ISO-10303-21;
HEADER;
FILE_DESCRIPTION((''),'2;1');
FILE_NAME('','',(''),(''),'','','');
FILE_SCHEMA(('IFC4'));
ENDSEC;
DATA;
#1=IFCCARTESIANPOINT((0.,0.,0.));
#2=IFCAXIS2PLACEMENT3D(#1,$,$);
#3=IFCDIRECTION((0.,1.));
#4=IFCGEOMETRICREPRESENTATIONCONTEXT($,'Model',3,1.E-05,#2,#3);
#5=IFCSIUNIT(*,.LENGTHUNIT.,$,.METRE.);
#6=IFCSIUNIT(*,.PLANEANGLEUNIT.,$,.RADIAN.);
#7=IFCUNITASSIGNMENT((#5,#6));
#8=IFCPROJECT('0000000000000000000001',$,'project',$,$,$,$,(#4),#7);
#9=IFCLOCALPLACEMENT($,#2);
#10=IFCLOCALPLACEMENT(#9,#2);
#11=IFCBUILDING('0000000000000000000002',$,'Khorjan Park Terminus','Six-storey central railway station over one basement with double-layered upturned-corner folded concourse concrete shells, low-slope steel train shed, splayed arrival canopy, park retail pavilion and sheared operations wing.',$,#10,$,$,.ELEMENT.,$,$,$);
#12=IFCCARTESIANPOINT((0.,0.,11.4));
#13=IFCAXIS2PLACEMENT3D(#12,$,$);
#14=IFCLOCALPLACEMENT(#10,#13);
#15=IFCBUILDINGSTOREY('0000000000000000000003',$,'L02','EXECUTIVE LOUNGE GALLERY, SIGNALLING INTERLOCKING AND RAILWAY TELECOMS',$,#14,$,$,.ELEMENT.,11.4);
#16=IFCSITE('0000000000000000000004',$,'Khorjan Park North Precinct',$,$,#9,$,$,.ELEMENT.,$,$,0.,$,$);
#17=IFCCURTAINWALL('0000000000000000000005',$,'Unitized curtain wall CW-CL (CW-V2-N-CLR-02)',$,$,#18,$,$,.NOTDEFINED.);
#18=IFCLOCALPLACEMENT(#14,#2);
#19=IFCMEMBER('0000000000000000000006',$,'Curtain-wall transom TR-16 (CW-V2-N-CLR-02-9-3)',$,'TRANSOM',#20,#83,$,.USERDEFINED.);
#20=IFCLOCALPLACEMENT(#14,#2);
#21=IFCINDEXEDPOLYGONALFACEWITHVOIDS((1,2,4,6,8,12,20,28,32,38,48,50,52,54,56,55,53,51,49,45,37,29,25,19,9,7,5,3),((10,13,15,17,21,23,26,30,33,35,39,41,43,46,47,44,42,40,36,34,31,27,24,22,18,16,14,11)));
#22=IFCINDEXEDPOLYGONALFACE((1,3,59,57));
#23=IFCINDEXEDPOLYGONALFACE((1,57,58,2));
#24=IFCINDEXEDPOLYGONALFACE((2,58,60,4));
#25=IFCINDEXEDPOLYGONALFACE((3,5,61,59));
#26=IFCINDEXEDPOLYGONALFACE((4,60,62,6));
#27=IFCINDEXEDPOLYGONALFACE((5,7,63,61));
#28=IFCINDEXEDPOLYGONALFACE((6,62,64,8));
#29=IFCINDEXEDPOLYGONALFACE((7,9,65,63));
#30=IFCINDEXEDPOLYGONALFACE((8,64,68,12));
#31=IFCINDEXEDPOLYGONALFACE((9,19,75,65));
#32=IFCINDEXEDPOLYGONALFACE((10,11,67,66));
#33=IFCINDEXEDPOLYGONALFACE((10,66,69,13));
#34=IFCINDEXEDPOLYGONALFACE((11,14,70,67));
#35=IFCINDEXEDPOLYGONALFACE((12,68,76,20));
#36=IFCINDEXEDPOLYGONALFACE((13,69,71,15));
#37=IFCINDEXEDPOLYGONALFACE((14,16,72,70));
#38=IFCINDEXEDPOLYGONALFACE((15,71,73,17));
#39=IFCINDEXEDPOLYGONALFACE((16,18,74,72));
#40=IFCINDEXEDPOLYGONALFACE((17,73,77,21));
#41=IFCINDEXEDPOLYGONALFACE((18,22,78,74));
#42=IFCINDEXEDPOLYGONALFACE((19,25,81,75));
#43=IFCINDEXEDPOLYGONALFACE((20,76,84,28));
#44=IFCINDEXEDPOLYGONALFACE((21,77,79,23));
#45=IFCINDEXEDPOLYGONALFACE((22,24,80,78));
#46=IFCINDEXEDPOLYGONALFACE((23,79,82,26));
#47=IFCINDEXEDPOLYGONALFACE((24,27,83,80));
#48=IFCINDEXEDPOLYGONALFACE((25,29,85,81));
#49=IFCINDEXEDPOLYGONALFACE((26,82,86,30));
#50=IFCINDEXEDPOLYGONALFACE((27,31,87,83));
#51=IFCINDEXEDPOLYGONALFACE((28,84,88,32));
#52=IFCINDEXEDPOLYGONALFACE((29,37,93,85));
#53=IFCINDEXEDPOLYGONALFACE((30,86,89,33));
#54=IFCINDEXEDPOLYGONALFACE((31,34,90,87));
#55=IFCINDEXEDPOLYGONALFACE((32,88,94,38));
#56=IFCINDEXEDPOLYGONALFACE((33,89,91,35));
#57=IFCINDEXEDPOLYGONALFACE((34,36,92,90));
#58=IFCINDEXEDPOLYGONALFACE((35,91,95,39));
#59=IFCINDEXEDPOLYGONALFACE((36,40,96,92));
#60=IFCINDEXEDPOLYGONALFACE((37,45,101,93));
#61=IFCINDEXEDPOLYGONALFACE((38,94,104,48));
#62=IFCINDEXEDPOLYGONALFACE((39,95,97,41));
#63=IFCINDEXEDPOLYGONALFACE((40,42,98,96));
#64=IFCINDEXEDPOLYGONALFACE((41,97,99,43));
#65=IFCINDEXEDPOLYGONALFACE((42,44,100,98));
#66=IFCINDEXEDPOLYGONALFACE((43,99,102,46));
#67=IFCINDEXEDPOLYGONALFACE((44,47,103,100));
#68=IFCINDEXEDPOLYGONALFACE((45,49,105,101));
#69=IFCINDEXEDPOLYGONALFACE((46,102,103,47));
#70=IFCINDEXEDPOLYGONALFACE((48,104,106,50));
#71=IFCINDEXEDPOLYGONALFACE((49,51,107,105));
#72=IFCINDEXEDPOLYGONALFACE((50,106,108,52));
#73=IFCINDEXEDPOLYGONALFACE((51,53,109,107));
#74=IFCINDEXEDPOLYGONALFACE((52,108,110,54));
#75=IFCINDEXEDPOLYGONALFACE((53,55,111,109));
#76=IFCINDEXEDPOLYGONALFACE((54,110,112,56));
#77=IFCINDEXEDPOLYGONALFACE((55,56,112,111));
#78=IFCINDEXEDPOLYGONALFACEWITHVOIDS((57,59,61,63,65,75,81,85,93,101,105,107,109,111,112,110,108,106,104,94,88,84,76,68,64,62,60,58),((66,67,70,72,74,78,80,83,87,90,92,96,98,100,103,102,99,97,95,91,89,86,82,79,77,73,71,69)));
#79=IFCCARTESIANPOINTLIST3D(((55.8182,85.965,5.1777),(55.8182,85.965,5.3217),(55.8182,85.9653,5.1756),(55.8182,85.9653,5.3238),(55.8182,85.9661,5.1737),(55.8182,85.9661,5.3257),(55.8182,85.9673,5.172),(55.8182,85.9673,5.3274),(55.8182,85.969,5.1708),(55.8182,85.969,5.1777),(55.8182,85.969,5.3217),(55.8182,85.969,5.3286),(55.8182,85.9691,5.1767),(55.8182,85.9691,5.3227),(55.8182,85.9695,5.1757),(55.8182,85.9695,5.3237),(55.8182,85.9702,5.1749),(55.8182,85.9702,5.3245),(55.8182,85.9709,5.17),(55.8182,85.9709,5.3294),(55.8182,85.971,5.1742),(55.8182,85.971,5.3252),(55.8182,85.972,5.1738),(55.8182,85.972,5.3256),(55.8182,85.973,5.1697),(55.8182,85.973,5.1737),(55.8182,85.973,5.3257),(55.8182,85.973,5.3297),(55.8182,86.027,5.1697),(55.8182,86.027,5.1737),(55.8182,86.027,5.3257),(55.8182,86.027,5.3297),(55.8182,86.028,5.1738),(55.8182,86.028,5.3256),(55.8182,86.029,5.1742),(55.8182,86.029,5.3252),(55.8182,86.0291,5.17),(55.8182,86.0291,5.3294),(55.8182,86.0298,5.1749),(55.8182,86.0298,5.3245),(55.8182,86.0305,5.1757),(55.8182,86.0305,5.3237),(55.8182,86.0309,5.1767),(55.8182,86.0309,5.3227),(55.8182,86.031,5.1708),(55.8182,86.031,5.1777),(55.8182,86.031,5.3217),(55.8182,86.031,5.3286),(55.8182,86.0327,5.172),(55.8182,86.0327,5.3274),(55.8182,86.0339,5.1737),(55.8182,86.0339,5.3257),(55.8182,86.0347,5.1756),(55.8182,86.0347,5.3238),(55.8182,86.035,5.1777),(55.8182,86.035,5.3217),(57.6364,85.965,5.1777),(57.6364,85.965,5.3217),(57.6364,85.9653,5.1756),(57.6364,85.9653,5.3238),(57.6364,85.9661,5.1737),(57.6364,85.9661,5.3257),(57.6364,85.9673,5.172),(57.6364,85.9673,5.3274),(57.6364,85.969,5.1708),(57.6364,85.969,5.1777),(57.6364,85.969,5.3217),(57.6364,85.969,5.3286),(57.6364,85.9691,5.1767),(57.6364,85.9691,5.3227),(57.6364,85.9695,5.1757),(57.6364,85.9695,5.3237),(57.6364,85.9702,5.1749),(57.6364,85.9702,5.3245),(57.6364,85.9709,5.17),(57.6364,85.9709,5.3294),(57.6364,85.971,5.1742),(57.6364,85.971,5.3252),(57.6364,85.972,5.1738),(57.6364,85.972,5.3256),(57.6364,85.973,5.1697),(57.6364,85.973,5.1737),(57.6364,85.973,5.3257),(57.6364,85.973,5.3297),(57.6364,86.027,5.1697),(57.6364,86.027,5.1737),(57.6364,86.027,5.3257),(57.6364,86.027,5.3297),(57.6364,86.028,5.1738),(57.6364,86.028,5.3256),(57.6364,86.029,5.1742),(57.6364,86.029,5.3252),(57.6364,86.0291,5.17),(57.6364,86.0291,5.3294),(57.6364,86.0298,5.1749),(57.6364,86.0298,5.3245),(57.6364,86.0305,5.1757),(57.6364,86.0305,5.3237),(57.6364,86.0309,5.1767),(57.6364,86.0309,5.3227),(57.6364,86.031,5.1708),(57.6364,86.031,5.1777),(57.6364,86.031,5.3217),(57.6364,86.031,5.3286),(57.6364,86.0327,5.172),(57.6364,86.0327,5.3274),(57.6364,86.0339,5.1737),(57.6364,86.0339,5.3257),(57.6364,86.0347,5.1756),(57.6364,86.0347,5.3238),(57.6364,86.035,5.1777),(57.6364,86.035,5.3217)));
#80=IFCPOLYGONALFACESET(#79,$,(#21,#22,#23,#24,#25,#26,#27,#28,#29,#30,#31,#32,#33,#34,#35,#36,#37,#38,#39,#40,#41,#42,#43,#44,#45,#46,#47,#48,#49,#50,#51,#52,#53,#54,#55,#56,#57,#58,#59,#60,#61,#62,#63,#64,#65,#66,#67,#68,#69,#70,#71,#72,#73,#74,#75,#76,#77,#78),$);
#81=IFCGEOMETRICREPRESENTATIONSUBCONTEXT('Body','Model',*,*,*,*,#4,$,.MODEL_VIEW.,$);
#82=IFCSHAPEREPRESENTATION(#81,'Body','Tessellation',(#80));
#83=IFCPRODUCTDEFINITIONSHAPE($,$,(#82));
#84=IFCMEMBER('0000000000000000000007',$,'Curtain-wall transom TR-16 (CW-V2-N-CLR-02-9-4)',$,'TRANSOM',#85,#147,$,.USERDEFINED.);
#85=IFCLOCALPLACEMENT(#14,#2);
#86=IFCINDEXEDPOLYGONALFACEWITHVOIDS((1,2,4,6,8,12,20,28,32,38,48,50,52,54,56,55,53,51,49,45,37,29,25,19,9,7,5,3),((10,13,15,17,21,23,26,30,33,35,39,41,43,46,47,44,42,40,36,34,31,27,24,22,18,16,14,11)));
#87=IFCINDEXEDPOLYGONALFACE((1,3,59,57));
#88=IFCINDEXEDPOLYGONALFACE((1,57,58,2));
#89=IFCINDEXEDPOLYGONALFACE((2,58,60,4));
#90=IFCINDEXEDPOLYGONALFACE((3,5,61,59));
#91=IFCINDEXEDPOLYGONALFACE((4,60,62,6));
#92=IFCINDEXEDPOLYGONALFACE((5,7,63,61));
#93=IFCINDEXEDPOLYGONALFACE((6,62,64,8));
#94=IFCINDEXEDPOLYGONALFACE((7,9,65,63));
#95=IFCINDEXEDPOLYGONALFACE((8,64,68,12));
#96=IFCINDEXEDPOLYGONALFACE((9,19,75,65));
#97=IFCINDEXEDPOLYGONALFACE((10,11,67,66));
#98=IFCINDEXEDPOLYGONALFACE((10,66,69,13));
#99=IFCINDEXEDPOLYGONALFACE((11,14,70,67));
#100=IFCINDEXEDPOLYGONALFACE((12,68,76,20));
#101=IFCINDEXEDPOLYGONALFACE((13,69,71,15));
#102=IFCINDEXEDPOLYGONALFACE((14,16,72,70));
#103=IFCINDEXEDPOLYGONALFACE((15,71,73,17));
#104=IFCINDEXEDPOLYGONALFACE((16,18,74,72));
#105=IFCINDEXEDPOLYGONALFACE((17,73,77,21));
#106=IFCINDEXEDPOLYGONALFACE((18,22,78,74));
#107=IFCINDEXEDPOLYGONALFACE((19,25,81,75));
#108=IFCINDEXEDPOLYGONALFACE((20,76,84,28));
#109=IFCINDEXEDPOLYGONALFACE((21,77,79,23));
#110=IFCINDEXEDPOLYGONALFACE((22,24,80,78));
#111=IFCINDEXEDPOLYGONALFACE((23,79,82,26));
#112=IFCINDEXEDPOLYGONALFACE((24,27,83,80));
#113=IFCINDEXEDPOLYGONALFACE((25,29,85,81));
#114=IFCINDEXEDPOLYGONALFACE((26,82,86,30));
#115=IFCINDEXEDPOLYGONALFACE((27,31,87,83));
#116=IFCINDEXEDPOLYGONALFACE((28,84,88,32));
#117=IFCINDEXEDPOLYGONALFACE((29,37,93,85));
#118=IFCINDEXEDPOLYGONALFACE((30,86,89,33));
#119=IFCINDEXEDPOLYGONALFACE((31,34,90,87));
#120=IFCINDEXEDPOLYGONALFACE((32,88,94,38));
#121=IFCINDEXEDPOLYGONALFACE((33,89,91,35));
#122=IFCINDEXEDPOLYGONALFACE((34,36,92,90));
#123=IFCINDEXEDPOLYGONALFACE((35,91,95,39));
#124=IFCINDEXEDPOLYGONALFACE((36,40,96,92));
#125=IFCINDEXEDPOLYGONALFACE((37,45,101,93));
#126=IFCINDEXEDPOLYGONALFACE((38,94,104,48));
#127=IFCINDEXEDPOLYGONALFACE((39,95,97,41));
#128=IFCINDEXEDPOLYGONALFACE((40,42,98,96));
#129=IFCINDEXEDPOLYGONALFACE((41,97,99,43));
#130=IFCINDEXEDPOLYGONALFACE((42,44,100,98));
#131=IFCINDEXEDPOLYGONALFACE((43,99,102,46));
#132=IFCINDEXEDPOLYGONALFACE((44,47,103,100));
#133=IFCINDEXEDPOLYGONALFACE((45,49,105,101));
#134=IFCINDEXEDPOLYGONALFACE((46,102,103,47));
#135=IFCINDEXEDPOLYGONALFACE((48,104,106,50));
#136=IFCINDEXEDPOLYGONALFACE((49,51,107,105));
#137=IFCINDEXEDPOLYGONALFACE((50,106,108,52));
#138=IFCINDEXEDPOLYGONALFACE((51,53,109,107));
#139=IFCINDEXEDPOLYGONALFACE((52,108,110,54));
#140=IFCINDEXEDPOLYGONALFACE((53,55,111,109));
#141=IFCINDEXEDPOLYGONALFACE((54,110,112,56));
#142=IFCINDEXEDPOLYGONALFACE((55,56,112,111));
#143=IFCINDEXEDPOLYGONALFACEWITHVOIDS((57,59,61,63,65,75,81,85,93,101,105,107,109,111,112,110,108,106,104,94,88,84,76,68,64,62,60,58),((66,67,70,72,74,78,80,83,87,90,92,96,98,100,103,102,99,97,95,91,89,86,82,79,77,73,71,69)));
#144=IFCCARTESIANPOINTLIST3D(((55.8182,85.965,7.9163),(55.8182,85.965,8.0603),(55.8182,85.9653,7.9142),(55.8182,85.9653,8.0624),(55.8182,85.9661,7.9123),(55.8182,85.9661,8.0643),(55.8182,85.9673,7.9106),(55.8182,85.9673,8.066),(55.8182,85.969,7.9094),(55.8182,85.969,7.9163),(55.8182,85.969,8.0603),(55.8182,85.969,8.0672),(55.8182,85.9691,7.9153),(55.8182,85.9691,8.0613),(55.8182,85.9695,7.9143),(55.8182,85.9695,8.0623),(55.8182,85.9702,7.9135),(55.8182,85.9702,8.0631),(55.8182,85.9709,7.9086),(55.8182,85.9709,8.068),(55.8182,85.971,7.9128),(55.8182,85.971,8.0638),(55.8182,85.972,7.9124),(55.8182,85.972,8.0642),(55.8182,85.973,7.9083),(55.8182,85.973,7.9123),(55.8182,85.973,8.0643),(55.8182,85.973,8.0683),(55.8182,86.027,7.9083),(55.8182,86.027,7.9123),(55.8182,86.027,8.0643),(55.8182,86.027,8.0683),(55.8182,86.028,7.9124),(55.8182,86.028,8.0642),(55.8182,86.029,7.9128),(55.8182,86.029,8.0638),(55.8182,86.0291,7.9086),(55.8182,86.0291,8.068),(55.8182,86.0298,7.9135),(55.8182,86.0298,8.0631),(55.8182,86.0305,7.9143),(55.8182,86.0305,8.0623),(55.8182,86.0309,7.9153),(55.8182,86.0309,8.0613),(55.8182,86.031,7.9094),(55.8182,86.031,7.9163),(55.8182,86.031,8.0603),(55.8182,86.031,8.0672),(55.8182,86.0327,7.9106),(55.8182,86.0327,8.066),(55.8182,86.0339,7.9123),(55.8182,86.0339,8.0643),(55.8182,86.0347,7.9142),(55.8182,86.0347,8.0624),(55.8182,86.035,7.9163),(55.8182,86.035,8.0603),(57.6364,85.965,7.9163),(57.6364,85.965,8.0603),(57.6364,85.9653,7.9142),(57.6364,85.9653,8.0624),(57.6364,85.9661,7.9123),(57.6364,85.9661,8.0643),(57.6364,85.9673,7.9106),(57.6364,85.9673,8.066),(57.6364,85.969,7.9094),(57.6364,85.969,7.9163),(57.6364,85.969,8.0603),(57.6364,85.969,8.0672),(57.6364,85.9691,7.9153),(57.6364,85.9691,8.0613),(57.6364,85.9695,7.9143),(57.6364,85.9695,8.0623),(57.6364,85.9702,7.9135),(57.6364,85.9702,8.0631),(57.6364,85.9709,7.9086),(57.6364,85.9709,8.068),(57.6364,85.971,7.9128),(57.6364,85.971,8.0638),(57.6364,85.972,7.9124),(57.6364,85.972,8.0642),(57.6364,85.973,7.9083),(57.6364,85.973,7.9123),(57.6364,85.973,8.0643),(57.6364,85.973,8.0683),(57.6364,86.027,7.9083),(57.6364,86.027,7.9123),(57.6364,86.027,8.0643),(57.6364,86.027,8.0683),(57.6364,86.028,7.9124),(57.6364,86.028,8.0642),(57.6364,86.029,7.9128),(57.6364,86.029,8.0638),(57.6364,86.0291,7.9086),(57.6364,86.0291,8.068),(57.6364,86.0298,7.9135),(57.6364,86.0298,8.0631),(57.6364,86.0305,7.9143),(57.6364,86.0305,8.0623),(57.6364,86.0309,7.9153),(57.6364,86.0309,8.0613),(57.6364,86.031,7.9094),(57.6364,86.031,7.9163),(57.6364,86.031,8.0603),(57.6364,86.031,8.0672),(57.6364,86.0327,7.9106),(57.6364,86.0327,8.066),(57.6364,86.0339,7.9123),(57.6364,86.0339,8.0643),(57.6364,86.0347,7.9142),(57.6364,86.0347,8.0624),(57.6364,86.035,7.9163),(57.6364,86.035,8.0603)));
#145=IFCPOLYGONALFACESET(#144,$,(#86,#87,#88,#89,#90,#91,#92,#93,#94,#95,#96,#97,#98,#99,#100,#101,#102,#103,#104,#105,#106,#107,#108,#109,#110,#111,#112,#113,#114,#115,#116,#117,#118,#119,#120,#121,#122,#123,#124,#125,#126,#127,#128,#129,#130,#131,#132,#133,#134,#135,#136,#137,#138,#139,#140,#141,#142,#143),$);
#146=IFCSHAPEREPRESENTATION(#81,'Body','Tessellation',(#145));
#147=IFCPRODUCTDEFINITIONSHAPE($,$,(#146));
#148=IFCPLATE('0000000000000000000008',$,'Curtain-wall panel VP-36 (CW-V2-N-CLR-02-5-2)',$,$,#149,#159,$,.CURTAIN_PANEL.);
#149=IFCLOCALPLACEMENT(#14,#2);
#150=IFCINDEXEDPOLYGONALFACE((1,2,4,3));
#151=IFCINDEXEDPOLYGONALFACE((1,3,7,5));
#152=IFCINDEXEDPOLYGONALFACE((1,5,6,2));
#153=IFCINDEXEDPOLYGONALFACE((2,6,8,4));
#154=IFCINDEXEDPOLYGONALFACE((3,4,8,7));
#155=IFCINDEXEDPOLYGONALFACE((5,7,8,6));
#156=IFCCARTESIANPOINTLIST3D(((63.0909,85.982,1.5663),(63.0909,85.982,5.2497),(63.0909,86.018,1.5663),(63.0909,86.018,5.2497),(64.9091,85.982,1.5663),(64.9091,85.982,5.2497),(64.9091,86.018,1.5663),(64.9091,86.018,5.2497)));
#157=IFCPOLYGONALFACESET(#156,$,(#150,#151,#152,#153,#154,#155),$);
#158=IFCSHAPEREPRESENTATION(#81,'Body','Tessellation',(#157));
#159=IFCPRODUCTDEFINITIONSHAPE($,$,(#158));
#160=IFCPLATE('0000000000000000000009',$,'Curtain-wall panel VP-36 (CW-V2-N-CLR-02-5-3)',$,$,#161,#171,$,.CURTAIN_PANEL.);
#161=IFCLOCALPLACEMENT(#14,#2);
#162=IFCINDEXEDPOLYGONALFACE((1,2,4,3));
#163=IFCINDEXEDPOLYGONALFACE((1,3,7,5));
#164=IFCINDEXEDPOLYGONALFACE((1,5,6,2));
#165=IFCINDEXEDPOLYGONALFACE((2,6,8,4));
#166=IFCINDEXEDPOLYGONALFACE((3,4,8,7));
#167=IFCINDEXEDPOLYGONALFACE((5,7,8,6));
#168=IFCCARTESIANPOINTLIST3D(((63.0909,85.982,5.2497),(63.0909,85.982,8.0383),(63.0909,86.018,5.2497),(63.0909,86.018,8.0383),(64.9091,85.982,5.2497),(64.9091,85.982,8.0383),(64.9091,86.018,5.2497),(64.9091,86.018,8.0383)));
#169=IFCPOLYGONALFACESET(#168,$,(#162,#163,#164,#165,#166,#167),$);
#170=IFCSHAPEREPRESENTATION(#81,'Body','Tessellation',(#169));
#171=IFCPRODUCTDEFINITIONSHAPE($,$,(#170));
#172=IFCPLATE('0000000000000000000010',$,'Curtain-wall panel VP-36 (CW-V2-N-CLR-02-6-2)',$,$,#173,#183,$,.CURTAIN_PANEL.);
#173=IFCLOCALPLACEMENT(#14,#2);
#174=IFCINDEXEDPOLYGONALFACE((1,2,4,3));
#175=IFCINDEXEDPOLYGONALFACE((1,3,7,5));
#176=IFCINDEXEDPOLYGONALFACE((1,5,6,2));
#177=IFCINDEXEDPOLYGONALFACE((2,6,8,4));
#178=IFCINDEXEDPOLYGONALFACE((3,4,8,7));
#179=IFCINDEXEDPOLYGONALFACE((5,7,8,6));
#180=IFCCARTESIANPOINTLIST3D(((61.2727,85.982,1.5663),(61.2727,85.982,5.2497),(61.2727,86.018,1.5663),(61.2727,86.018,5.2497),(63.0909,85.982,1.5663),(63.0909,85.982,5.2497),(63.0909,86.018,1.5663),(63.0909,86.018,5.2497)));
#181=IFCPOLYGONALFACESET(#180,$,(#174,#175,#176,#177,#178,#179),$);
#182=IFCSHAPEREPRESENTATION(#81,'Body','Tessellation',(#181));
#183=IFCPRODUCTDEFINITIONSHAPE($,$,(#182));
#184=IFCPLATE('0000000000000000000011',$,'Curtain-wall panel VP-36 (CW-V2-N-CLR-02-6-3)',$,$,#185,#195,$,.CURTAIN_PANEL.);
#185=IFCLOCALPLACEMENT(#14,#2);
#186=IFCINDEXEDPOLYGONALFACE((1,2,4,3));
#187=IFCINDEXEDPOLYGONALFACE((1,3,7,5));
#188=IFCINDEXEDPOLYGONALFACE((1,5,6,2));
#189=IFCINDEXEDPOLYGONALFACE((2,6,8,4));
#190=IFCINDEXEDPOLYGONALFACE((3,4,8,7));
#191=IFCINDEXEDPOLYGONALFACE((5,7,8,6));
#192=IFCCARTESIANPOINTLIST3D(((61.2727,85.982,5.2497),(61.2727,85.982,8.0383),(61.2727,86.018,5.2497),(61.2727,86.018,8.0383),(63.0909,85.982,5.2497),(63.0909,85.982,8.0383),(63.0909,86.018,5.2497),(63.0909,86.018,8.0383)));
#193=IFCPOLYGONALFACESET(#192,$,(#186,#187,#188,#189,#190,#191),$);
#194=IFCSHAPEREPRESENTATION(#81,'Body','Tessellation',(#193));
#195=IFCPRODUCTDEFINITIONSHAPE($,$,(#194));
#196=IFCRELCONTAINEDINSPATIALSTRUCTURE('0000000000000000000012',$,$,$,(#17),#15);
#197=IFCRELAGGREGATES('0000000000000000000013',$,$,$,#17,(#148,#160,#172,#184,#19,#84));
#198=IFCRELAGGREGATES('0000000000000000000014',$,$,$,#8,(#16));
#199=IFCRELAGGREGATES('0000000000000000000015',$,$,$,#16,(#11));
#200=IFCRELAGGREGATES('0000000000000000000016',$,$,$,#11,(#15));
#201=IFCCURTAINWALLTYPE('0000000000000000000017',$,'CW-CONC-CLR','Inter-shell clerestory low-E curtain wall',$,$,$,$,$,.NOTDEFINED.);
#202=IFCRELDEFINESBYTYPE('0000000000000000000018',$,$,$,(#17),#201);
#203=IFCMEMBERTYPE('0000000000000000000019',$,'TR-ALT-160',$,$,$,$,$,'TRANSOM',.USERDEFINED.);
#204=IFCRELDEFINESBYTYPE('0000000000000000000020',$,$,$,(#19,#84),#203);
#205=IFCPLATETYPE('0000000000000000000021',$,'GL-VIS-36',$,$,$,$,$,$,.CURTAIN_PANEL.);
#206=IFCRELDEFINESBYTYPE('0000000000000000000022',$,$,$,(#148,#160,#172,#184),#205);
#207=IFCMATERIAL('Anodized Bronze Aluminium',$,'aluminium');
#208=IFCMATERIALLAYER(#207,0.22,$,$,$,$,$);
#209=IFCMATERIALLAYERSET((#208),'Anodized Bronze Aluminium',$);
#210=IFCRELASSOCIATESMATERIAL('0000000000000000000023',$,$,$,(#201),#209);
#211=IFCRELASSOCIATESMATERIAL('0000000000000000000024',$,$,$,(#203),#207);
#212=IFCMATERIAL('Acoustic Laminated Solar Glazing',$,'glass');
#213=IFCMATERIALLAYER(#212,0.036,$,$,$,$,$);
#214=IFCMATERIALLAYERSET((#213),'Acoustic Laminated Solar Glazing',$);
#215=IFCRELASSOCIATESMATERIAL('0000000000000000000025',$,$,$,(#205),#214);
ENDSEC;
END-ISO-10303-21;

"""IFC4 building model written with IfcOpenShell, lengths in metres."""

from ifc_helpers import new_model, si_unit, direction, frame, origin, origin_2d, place, context, subcontext, project, spatial, rectangle, hollow_rectangle, extrude, material, layer, layer_set, material_profile, profile_set, type_object, element, aggregate, save


model = new_model("IFC4")

# Units and contexts
model_context = context("Model", 3, precision=1e-05, world=origin(), true_north=direction((0.0, 1.0)))
body_context = subcontext(model_context, "Body", "Model", "MODEL_VIEW")
ifc_project = project(units=[si_unit("LENGTHUNIT", "METRE"), si_unit("PLANEANGLEUNIT", "RADIAN")], contexts=[model_context])

# Site, building, storey
site_placement = place(None, origin())
site = spatial("IfcSite", under=ifc_project, at=site_placement, Name="Khorjan Park North Precinct", CompositionType="ELEMENT", RefElevation=0.0)
building_placement = place(site_placement, origin())
building = spatial("IfcBuilding", under=site, at=building_placement, Name="Khorjan Park Terminus", Description="Six-storey central railway station over one basement with double-layered upturned-corner folded concourse concrete shells, low-slope steel train shed, splayed arrival canopy, park retail pavilion and sheared operations wing.", CompositionType="ELEMENT")
storey_placement = place(building_placement, frame((0.0, 0.0, 11.4)))
storey = spatial("IfcBuildingStorey", under=building, at=storey_placement, Name="L02", Description="EXECUTIVE LOUNGE GALLERY, SIGNALLING INTERLOCKING AND RAILWAY TELECOMS", CompositionType="ELEMENT", Elevation=11.4)

# Curtain wall, members, plates
ifc_material_1 = material(Name="Anodized Bronze Aluminium", Category="aluminium")
ifc_layer_1 = layer(ifc_material_1, 0.22)
ifc_layer_set_1 = layer_set([ifc_layer_1], Name="Anodized Bronze Aluminium")
curtain_wall_type = type_object("IfcCurtainWallType", Name="CW-CONC-CLR", Description="Inter-shell clerestory low-E curtain wall", PredefinedType="NOTDEFINED", material=ifc_layer_set_1)
curtain_wall_placement = place(storey_placement, origin())
curtain_wall = element("IfcCurtainWall", 1, at=curtain_wall_placement, inside=storey, type_object=curtain_wall_type, Name="Unitized curtain wall CW-CL (CW-V2-N-CLR-02)", PredefinedType="NOTDEFINED")
ifc_material_profile_1 = material_profile(ifc_material_1, hollow_rectangle(XDim=0.07, YDim=0.16, WallThickness=0.004, InnerFilletRadius=0.004, OuterFilletRadius=0.008, at=origin_2d()), Name="ALT 70x160x4")
ifc_profile_set_1 = profile_set([ifc_material_profile_1], Name="Anodized Bronze Aluminium")
member_type_1 = type_object("IfcMemberType", Name="TR-ALT-160", ElementType="TRANSOM", PredefinedType="USERDEFINED", material=ifc_profile_set_1)
member_1_placement = place(storey_placement, frame((57.6364, 86.0, 5.2497), z_axis=(-1.0, 0.0, 0.0), x_axis=(0.0, -1.0, 0.0)))
member_1 = element("IfcMember", 2, at=member_1_placement, type_object=member_type_1, Name="Curtain-wall transom TR-16 (CW-V2-N-CLR-02-9-3)", ObjectType="TRANSOM", PredefinedType="USERDEFINED", context=body_context, shape_type="SweptSolid", body=[
    extrude(hollow_rectangle(XDim=0.07, YDim=0.16, WallThickness=0.004, InnerFilletRadius=0.004, OuterFilletRadius=0.008, at=origin_2d()), origin(), (0.0, 0.0, 1.0), 1.8182),
])
member_2_placement = place(storey_placement, frame((57.6364, 86.0, 7.9883), z_axis=(-1.0, 0.0, 0.0), x_axis=(0.0, -1.0, 0.0)))
member_2 = element("IfcMember", 3, at=member_2_placement, type_object=member_type_1, Name="Curtain-wall transom TR-16 (CW-V2-N-CLR-02-9-4)", ObjectType="TRANSOM", PredefinedType="USERDEFINED", context=body_context, shape_type="SweptSolid", body=[
    extrude(hollow_rectangle(XDim=0.07, YDim=0.16, WallThickness=0.004, InnerFilletRadius=0.004, OuterFilletRadius=0.008, at=origin_2d()), origin(), (0.0, 0.0, 1.0), 1.8182),
])
ifc_material_2 = material(Name="Acoustic Laminated Solar Glazing", Category="glass")
ifc_layer_2 = layer(ifc_material_2, 0.036)
ifc_layer_set_2 = layer_set([ifc_layer_2], Name="Acoustic Laminated Solar Glazing")
plate_type_1 = type_object("IfcPlateType", Name="GL-VIS-36", PredefinedType="CURTAIN_PANEL", material=ifc_layer_set_2)
plate_1_placement = place(storey_placement, frame((64.0, 86.0, 1.5663), z_axis=(0.0, 0.0, 1.0), x_axis=(-1.0, 0.0, 0.0)))
plate_1 = element("IfcPlate", 4, at=plate_1_placement, type_object=plate_type_1, Name="Curtain-wall panel VP-36 (CW-V2-N-CLR-02-5-2)", PredefinedType="CURTAIN_PANEL", context=body_context, shape_type="SweptSolid", body=[
    extrude(rectangle(XDim=1.8182, YDim=0.036, at=origin_2d()), origin(), (0.0, 0.0, 1.0), 3.6834),
])
plate_2_placement = place(storey_placement, frame((64.0, 86.0, 5.2497), z_axis=(0.0, 0.0, 1.0), x_axis=(-1.0, 0.0, 0.0)))
plate_2 = element("IfcPlate", 5, at=plate_2_placement, type_object=plate_type_1, Name="Curtain-wall panel VP-36 (CW-V2-N-CLR-02-5-3)", PredefinedType="CURTAIN_PANEL", context=body_context, shape_type="SweptSolid", body=[
    extrude(rectangle(XDim=1.8182, YDim=0.036, at=origin_2d()), origin(), (0.0, 0.0, 1.0), 2.7886),
])
plate_3_placement = place(storey_placement, frame((62.1818, 86.0, 1.5663), z_axis=(0.0, 0.0, 1.0), x_axis=(-1.0, 0.0, 0.0)))
plate_3 = element("IfcPlate", 6, at=plate_3_placement, type_object=plate_type_1, Name="Curtain-wall panel VP-36 (CW-V2-N-CLR-02-6-2)", PredefinedType="CURTAIN_PANEL", context=body_context, shape_type="SweptSolid", body=[
    extrude(rectangle(XDim=1.8182, YDim=0.036, at=origin_2d()), origin(), (0.0, 0.0, 1.0), 3.6834),
])
plate_4_placement = place(storey_placement, frame((62.1818, 86.0, 5.2497), z_axis=(0.0, 0.0, 1.0), x_axis=(-1.0, 0.0, 0.0)))
plate_4 = element("IfcPlate", 7, at=plate_4_placement, type_object=plate_type_1, Name="Curtain-wall panel VP-36 (CW-V2-N-CLR-02-6-3)", PredefinedType="CURTAIN_PANEL", context=body_context, shape_type="SweptSolid", body=[
    extrude(rectangle(XDim=1.8182, YDim=0.036, at=origin_2d()), origin(), (0.0, 0.0, 1.0), 2.7886),
])

aggregate(curtain_wall, [plate_1, plate_2, plate_3, plate_4, member_1, member_2])

save(model, "model.ifc")
